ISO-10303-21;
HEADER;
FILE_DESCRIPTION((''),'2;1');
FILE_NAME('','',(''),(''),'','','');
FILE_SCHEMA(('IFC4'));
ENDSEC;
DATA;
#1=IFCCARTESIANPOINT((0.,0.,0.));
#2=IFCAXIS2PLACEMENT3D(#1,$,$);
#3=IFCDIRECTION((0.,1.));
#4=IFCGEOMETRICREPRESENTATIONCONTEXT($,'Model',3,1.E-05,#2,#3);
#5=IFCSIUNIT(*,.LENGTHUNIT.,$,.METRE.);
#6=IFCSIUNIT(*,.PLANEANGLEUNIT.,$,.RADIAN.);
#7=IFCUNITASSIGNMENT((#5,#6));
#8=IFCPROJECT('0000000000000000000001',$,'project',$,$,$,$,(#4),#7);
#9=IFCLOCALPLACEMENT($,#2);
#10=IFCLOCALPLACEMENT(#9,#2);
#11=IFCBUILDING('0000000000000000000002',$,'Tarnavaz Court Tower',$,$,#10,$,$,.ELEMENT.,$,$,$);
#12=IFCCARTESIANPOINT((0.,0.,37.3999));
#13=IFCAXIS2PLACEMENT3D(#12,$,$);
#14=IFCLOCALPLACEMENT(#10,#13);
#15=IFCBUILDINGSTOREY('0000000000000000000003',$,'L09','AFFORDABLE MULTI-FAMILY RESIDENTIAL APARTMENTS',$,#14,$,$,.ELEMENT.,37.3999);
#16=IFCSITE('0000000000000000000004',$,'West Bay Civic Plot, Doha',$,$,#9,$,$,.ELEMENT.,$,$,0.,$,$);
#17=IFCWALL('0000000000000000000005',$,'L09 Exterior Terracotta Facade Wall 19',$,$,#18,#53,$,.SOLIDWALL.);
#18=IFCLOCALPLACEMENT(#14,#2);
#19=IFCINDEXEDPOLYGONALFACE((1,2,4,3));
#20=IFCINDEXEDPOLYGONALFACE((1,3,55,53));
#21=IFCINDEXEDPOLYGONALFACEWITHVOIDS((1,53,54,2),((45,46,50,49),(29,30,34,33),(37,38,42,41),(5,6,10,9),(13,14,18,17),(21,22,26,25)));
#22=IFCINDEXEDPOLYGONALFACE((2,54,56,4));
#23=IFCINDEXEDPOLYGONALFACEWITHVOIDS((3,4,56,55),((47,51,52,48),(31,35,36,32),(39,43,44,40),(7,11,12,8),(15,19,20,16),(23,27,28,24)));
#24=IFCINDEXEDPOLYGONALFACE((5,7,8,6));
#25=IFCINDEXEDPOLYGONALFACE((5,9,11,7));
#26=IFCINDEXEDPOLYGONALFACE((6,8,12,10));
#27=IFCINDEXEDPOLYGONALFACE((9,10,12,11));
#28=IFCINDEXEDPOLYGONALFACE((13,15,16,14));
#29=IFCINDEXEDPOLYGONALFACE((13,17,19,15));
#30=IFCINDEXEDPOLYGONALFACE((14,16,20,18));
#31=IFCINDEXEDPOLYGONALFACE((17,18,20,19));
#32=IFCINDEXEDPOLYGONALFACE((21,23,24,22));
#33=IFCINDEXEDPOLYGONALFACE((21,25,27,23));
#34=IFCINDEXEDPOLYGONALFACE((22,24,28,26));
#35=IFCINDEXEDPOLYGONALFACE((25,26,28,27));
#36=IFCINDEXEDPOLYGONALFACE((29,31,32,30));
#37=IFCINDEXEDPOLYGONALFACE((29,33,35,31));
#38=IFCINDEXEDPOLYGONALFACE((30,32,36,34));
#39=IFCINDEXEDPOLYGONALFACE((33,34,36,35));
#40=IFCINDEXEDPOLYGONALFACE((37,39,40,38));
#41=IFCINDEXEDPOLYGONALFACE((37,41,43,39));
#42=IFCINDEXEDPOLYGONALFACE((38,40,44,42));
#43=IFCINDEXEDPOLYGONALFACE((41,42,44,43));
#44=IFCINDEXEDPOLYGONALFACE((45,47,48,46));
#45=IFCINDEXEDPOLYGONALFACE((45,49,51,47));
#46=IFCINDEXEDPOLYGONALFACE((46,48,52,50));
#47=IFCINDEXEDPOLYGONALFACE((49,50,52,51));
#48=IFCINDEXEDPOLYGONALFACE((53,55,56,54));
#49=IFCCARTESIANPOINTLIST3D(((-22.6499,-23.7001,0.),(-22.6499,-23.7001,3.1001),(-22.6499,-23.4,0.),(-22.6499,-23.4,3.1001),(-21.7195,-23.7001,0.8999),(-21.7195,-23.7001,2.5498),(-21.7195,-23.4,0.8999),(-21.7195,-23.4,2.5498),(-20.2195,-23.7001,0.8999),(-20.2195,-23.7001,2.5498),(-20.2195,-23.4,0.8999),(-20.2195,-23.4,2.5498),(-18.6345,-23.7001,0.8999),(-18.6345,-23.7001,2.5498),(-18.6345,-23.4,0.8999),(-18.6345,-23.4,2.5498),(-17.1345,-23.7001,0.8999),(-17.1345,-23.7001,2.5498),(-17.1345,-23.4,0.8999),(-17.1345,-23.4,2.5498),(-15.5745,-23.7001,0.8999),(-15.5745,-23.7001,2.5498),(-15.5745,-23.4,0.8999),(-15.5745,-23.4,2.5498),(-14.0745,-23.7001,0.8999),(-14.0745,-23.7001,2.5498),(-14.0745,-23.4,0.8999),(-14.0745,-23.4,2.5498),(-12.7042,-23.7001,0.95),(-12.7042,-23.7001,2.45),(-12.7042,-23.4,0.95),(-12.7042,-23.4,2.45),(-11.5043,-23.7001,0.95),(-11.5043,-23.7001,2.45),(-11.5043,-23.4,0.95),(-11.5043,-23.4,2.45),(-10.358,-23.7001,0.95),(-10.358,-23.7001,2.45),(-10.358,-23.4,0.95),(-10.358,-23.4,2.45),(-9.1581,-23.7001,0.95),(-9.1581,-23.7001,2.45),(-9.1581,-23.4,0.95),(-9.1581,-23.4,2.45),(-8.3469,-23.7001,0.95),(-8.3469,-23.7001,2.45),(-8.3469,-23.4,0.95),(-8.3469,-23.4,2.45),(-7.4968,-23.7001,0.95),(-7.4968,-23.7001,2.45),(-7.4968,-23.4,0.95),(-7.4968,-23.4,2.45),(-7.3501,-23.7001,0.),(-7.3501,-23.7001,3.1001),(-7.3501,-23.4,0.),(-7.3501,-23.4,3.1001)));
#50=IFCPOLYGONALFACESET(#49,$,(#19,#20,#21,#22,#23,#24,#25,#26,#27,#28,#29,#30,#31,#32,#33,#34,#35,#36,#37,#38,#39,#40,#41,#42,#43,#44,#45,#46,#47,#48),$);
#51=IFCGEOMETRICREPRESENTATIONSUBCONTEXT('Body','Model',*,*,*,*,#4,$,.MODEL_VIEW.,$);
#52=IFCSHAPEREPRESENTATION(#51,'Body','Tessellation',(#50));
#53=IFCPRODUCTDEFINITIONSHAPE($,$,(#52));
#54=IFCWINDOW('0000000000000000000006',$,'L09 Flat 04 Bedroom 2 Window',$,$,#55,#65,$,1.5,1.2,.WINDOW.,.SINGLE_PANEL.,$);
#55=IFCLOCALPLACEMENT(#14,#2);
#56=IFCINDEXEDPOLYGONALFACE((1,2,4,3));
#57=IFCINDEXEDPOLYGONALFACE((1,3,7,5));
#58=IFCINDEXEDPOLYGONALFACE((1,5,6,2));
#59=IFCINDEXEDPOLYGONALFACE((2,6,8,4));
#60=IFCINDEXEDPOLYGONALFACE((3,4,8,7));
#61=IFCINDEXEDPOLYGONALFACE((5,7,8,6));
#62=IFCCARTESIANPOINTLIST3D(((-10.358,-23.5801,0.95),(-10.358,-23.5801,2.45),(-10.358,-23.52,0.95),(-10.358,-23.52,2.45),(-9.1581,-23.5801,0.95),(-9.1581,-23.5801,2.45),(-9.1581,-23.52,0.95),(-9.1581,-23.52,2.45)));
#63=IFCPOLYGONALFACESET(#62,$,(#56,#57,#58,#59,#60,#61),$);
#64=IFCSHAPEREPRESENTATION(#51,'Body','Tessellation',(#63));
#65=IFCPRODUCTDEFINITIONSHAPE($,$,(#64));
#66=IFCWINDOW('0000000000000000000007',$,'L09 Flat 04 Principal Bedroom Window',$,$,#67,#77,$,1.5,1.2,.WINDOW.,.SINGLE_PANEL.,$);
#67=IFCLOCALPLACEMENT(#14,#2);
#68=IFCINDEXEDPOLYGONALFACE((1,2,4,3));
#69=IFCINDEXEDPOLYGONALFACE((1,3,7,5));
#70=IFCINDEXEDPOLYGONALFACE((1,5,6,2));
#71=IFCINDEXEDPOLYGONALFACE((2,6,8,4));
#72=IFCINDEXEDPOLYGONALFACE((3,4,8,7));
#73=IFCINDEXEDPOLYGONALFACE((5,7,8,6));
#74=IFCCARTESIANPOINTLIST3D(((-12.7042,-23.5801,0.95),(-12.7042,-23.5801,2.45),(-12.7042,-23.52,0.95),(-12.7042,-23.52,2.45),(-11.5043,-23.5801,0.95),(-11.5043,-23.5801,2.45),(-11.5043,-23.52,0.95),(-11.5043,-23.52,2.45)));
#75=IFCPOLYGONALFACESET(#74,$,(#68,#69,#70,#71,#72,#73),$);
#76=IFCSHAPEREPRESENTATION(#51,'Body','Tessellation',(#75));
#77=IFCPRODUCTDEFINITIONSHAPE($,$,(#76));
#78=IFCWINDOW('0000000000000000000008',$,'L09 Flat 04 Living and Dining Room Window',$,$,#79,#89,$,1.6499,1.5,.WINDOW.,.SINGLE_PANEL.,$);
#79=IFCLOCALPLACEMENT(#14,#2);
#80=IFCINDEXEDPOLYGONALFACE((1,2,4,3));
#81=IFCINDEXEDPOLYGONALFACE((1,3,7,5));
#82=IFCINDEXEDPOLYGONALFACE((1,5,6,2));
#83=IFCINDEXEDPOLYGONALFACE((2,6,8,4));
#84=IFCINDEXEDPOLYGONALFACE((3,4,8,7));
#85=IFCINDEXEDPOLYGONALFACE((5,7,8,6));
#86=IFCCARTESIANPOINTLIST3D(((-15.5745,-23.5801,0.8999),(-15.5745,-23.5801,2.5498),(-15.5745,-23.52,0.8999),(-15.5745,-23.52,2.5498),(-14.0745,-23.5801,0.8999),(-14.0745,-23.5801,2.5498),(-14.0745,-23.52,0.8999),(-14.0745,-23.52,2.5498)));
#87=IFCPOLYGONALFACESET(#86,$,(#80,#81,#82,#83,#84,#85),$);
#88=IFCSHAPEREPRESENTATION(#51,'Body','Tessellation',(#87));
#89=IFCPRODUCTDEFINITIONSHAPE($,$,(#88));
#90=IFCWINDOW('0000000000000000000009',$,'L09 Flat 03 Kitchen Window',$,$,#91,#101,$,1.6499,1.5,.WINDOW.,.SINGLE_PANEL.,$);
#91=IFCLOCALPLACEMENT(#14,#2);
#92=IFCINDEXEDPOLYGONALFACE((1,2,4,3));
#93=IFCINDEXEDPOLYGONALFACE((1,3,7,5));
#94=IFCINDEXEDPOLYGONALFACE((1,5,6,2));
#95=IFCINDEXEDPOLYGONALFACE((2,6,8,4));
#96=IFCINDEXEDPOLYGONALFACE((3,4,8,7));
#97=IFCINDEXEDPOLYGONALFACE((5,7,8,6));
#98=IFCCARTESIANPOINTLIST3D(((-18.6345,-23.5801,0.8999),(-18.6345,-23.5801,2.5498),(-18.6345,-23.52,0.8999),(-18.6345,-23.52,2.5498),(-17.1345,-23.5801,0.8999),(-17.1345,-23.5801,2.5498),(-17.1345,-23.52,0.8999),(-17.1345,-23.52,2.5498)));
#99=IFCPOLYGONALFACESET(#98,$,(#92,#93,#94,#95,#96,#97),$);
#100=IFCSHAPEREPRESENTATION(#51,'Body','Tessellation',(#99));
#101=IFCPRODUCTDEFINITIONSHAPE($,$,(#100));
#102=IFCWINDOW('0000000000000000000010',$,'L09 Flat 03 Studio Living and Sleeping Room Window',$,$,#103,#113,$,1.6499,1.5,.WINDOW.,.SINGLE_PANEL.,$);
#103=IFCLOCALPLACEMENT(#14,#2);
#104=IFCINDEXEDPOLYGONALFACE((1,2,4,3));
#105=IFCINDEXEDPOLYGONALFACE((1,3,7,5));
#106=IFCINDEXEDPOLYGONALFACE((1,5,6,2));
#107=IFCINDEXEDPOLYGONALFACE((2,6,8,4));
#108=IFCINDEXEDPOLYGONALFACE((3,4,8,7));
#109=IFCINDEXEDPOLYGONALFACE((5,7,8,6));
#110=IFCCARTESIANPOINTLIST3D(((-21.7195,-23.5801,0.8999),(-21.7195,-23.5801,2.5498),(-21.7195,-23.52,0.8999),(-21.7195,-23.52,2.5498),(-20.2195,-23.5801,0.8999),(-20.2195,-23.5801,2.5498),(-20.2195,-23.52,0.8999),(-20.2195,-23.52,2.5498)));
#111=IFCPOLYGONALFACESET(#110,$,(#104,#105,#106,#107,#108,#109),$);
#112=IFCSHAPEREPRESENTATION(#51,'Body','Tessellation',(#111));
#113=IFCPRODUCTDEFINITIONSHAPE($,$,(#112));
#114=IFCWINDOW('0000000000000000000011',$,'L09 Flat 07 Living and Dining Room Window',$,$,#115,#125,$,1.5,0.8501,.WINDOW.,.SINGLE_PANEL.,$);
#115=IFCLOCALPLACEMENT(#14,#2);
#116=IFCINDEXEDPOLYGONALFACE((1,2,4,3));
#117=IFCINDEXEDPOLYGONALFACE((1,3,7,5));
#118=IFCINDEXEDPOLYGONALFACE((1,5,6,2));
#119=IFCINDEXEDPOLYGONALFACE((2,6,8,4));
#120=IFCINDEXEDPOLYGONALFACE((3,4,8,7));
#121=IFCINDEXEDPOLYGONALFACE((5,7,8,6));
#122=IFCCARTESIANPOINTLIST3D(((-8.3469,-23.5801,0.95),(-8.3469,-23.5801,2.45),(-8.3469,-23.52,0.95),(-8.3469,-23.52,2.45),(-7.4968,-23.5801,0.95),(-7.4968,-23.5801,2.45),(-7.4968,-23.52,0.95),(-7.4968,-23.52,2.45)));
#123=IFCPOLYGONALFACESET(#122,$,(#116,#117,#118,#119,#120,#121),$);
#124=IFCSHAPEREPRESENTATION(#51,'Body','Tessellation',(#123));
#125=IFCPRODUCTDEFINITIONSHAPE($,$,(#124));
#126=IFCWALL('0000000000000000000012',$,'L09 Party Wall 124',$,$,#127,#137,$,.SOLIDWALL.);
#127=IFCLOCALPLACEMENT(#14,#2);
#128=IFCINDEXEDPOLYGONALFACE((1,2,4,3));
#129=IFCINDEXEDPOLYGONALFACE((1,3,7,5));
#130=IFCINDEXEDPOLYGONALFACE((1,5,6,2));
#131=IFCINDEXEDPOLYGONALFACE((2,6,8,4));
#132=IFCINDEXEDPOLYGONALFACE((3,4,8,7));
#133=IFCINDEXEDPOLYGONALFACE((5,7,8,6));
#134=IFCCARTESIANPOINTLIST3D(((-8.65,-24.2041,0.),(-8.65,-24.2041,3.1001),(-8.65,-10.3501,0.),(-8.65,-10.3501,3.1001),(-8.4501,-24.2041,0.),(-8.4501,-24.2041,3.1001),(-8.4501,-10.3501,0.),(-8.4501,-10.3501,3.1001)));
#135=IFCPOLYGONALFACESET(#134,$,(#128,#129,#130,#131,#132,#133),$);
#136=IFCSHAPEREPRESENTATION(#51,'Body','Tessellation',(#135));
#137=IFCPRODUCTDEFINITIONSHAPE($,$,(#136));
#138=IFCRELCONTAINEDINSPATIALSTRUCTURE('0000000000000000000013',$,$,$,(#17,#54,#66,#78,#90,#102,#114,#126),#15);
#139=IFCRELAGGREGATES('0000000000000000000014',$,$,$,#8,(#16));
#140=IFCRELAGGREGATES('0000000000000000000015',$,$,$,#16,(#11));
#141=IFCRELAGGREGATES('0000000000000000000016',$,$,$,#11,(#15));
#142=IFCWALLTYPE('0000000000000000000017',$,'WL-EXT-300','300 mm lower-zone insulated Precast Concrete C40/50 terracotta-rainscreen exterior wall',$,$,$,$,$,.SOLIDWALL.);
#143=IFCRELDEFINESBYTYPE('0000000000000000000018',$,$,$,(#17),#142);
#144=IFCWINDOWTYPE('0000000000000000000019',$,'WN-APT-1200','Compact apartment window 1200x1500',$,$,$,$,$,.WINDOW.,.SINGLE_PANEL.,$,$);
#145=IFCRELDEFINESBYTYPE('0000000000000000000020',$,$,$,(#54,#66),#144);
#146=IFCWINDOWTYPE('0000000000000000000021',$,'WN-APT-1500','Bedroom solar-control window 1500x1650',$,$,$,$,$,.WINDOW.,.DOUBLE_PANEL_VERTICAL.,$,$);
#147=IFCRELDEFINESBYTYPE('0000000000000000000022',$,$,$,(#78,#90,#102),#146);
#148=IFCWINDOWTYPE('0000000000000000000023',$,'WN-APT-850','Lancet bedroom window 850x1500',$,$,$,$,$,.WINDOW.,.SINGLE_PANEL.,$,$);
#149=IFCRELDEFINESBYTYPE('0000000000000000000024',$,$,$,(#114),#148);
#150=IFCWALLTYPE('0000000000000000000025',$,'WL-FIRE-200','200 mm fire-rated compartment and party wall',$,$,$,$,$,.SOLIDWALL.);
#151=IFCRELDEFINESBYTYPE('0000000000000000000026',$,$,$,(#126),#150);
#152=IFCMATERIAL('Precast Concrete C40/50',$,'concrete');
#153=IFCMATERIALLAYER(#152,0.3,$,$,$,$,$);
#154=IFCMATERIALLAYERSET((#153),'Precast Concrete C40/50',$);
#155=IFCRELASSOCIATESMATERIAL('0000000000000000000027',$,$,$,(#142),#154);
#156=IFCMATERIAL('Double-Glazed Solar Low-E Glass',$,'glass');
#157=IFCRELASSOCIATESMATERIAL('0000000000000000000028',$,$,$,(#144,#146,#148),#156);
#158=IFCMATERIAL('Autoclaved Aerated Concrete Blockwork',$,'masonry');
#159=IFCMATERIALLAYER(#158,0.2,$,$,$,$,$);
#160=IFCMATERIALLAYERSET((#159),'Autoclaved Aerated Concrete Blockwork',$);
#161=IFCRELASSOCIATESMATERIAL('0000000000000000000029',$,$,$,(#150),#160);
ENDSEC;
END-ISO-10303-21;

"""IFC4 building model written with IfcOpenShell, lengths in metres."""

from ifc_helpers import new_model, si_unit, direction, frame, frame_2d, origin, place, context, subcontext, project, spatial, rectangle, extrude, material, layer, layer_set, type_object, element, fill, save


model = new_model("IFC4")

# Units and contexts
model_context = context("Model", 3, precision=1e-05, world=origin(), true_north=direction((0.0, 1.0)))
body_context = subcontext(model_context, "Body", "Model", "MODEL_VIEW")
ifc_project = project(units=[si_unit("LENGTHUNIT", "METRE"), si_unit("PLANEANGLEUNIT", "RADIAN")], contexts=[model_context])

# Site, building, storey
site_placement = place(None, origin())
site = spatial("IfcSite", under=ifc_project, at=site_placement, Name="West Bay Civic Plot, Doha", CompositionType="ELEMENT", RefElevation=0.0)
building_placement = place(site_placement, origin())
building = spatial("IfcBuilding", under=site, at=building_placement, Name="Tarnavaz Court Tower", CompositionType="ELEMENT")
storey_placement = place(building_placement, frame((0.0, 0.0, 37.3999)))
storey = spatial("IfcBuildingStorey", under=building, at=storey_placement, Name="L09", Description="AFFORDABLE MULTI-FAMILY RESIDENTIAL APARTMENTS", CompositionType="ELEMENT", Elevation=37.3999)

# Wall, openings, windows
ifc_material_1 = material(Name="Precast Concrete C40/50", Category="concrete")
ifc_layer_1 = layer(ifc_material_1, 0.3)
ifc_layer_set_1 = layer_set([ifc_layer_1], Name="Precast Concrete C40/50")
wall_type_1 = type_object("IfcWallType", Name="WL-EXT-300", Description="300 mm lower-zone insulated Precast Concrete C40/50 terracotta-rainscreen exterior wall", PredefinedType="SOLIDWALL", material=ifc_layer_set_1)
wall_1_placement = place(storey_placement, frame((-7.3501, -23.55, 0.0), z_axis=(0.0, 0.0, 1.0), x_axis=(-1.0, 0.0, 0.0)))
wall_1 = element("IfcWall", 1, at=wall_1_placement, inside=storey, type_object=wall_type_1, Name="L09 Exterior Terracotta Facade Wall 19", PredefinedType="SOLIDWALL", context=body_context, shape_type="SweptSolid", body=[
    extrude(rectangle(XDim=15.2998, YDim=0.3, at=frame_2d((7.6499, 0.0))), origin(), (0.0, 0.0, 1.0), 3.1001),
])
opening_1_placement = place(wall_1_placement, frame((0.1467, 0.0, 0.95)))
opening_1 = element("IfcOpeningElement", 2, at=opening_1_placement, cuts=wall_1, PredefinedType="OPENING", context=body_context, shape_type="SweptSolid", body=[
    extrude(rectangle(XDim=0.8501, YDim=1.5, at=frame_2d((0.425, 0.75))), frame((0.0, 0.1599, 0.0), z_axis=(0.0, -1.0, 0.0), x_axis=(1.0, 0.0, 0.0)), (0.0, 0.0, 1.0), 0.3201),
])
opening_2_placement = place(wall_1_placement, frame((1.8079, 0.0, 0.95)))
opening_2 = element("IfcOpeningElement", 3, at=opening_2_placement, cuts=wall_1, PredefinedType="OPENING", context=body_context, shape_type="SweptSolid", body=[
    extrude(rectangle(XDim=1.2, YDim=1.5, at=frame_2d((0.6001, 0.75))), frame((0.0, 0.1599, 0.0), z_axis=(0.0, -1.0, 0.0), x_axis=(1.0, 0.0, 0.0)), (0.0, 0.0, 1.0), 0.3201),
])
opening_3_placement = place(wall_1_placement, frame((4.1541, 0.0, 0.95)))
opening_3 = element("IfcOpeningElement", 4, at=opening_3_placement, cuts=wall_1, PredefinedType="OPENING", context=body_context, shape_type="SweptSolid", body=[
    extrude(rectangle(XDim=1.2, YDim=1.5, at=frame_2d((0.6001, 0.75))), frame((0.0, 0.1599, 0.0), z_axis=(0.0, -1.0, 0.0), x_axis=(1.0, 0.0, 0.0)), (0.0, 0.0, 1.0), 0.3201),
])
opening_4_placement = place(wall_1_placement, frame((6.7244, 0.0, 0.8999)))
opening_4 = element("IfcOpeningElement", 5, at=opening_4_placement, cuts=wall_1, PredefinedType="OPENING", context=body_context, shape_type="SweptSolid", body=[
    extrude(rectangle(XDim=1.5, YDim=1.6499, at=frame_2d((0.75, 0.825))), frame((0.0, 0.1599, 0.0), z_axis=(0.0, -1.0, 0.0), x_axis=(1.0, 0.0, 0.0)), (0.0, 0.0, 1.0), 0.3201),
])
opening_5_placement = place(wall_1_placement, frame((9.7844, 0.0, 0.8999)))
opening_5 = element("IfcOpeningElement", 6, at=opening_5_placement, cuts=wall_1, PredefinedType="OPENING", context=body_context, shape_type="SweptSolid", body=[
    extrude(rectangle(XDim=1.5, YDim=1.6499, at=frame_2d((0.75, 0.825))), frame((0.0, 0.1599, 0.0), z_axis=(0.0, -1.0, 0.0), x_axis=(1.0, 0.0, 0.0)), (0.0, 0.0, 1.0), 0.3201),
])
opening_6_placement = place(wall_1_placement, frame((12.8694, 0.0, 0.8999)))
opening_6 = element("IfcOpeningElement", 7, at=opening_6_placement, cuts=wall_1, PredefinedType="OPENING", context=body_context, shape_type="SweptSolid", body=[
    extrude(rectangle(XDim=1.5, YDim=1.6499, at=frame_2d((0.75, 0.825))), frame((0.0, 0.1599, 0.0), z_axis=(0.0, -1.0, 0.0), x_axis=(1.0, 0.0, 0.0)), (0.0, 0.0, 1.0), 0.3201),
])
ifc_material_2 = material(Name="Double-Glazed Solar Low-E Glass", Category="glass")
window_type_1 = type_object("IfcWindowType", Name="WN-APT-1200", Description="Compact apartment window 1200x1500", PartitioningType="SINGLE_PANEL", PredefinedType="WINDOW", material=ifc_material_2)
window_1_placement = place(opening_2_placement, origin())
window_1 = element("IfcWindow", 8, at=window_1_placement, inside=storey, type_object=window_type_1, Name="L09 Flat 04 Bedroom 2 Window", OverallHeight=1.5, OverallWidth=1.2, PartitioningType="SINGLE_PANEL", PredefinedType="WINDOW", context=body_context, shape_type="SweptSolid", body=[
    extrude(rectangle(XDim=1.2, YDim=1.5, at=frame_2d((0.6001, 0.75))), frame((0.0, 0.03, 0.0), z_axis=(0.0, -1.0, 0.0), x_axis=(1.0, 0.0, 0.0)), (0.0, 0.0, 1.0), 0.0601),
])
fill(opening_2, window_1)
window_2_placement = place(opening_3_placement, origin())
window_2 = element("IfcWindow", 9, at=window_2_placement, inside=storey, type_object=window_type_1, Name="L09 Flat 04 Principal Bedroom Window", OverallHeight=1.5, OverallWidth=1.2, PartitioningType="SINGLE_PANEL", PredefinedType="WINDOW", context=body_context, shape_type="SweptSolid", body=[
    extrude(rectangle(XDim=1.2, YDim=1.5, at=frame_2d((0.6001, 0.75))), frame((0.0, 0.03, 0.0), z_axis=(0.0, -1.0, 0.0), x_axis=(1.0, 0.0, 0.0)), (0.0, 0.0, 1.0), 0.0601),
])
fill(opening_3, window_2)
window_type_2 = type_object("IfcWindowType", Name="WN-APT-1500", Description="Bedroom solar-control window 1500x1650", PartitioningType="DOUBLE_PANEL_VERTICAL", PredefinedType="WINDOW", material=ifc_material_2)
window_3_placement = place(opening_4_placement, origin())
window_3 = element("IfcWindow", 10, at=window_3_placement, inside=storey, type_object=window_type_2, Name="L09 Flat 04 Living and Dining Room Window", OverallHeight=1.6499, OverallWidth=1.5, PartitioningType="SINGLE_PANEL", PredefinedType="WINDOW", context=body_context, shape_type="SweptSolid", body=[
    extrude(rectangle(XDim=1.5, YDim=1.6499, at=frame_2d((0.75, 0.825))), frame((0.0, 0.03, 0.0), z_axis=(0.0, -1.0, 0.0), x_axis=(1.0, 0.0, 0.0)), (0.0, 0.0, 1.0), 0.0601),
])
fill(opening_4, window_3)
window_4_placement = place(opening_5_placement, origin())
window_4 = element("IfcWindow", 11, at=window_4_placement, inside=storey, type_object=window_type_2, Name="L09 Flat 03 Kitchen Window", OverallHeight=1.6499, OverallWidth=1.5, PartitioningType="SINGLE_PANEL", PredefinedType="WINDOW", context=body_context, shape_type="SweptSolid", body=[
    extrude(rectangle(XDim=1.5, YDim=1.6499, at=frame_2d((0.75, 0.825))), frame((0.0, 0.03, 0.0), z_axis=(0.0, -1.0, 0.0), x_axis=(1.0, 0.0, 0.0)), (0.0, 0.0, 1.0), 0.0601),
])
fill(opening_5, window_4)
window_5_placement = place(opening_6_placement, origin())
window_5 = element("IfcWindow", 12, at=window_5_placement, inside=storey, type_object=window_type_2, Name="L09 Flat 03 Studio Living and Sleeping Room Window", OverallHeight=1.6499, OverallWidth=1.5, PartitioningType="SINGLE_PANEL", PredefinedType="WINDOW", context=body_context, shape_type="SweptSolid", body=[
    extrude(rectangle(XDim=1.5, YDim=1.6499, at=frame_2d((0.75, 0.825))), frame((0.0, 0.03, 0.0), z_axis=(0.0, -1.0, 0.0), x_axis=(1.0, 0.0, 0.0)), (0.0, 0.0, 1.0), 0.0601),
])
fill(opening_6, window_5)
window_type_3 = type_object("IfcWindowType", Name="WN-APT-850", Description="Lancet bedroom window 850x1500", PartitioningType="SINGLE_PANEL", PredefinedType="WINDOW", material=ifc_material_2)
window_6_placement = place(opening_1_placement, origin())
window_6 = element("IfcWindow", 13, at=window_6_placement, inside=storey, type_object=window_type_3, Name="L09 Flat 07 Living and Dining Room Window", OverallHeight=1.5, OverallWidth=0.8501, PartitioningType="SINGLE_PANEL", PredefinedType="WINDOW", context=body_context, shape_type="SweptSolid", body=[
    extrude(rectangle(XDim=0.8501, YDim=1.5, at=frame_2d((0.425, 0.75))), frame((0.0, 0.03, 0.0), z_axis=(0.0, -1.0, 0.0), x_axis=(1.0, 0.0, 0.0)), (0.0, 0.0, 1.0), 0.0601),
])
fill(opening_1, window_6)

# Wall
ifc_material_3 = material(Name="Autoclaved Aerated Concrete Blockwork", Category="masonry")
ifc_layer_2 = layer(ifc_material_3, 0.2)
ifc_layer_set_2 = layer_set([ifc_layer_2], Name="Autoclaved Aerated Concrete Blockwork")
wall_type_2 = type_object("IfcWallType", Name="WL-FIRE-200", Description="200 mm fire-rated compartment and party wall", PredefinedType="SOLIDWALL", material=ifc_layer_set_2)
wall_2_placement = place(storey_placement, frame((-8.55, -24.2041, 0.0), z_axis=(0.0, 0.0, 1.0), x_axis=(0.0, 1.0, 0.0)))
element("IfcWall", 14, at=wall_2_placement, inside=storey, type_object=wall_type_2, Name="L09 Party Wall 124", PredefinedType="SOLIDWALL", context=body_context, shape_type="SweptSolid", body=[
    extrude(rectangle(XDim=13.854, YDim=0.2, at=frame_2d((6.927, 0.0))), origin(), (0.0, 0.0, 1.0), 3.1001),
])

save(model, "model.ifc")
